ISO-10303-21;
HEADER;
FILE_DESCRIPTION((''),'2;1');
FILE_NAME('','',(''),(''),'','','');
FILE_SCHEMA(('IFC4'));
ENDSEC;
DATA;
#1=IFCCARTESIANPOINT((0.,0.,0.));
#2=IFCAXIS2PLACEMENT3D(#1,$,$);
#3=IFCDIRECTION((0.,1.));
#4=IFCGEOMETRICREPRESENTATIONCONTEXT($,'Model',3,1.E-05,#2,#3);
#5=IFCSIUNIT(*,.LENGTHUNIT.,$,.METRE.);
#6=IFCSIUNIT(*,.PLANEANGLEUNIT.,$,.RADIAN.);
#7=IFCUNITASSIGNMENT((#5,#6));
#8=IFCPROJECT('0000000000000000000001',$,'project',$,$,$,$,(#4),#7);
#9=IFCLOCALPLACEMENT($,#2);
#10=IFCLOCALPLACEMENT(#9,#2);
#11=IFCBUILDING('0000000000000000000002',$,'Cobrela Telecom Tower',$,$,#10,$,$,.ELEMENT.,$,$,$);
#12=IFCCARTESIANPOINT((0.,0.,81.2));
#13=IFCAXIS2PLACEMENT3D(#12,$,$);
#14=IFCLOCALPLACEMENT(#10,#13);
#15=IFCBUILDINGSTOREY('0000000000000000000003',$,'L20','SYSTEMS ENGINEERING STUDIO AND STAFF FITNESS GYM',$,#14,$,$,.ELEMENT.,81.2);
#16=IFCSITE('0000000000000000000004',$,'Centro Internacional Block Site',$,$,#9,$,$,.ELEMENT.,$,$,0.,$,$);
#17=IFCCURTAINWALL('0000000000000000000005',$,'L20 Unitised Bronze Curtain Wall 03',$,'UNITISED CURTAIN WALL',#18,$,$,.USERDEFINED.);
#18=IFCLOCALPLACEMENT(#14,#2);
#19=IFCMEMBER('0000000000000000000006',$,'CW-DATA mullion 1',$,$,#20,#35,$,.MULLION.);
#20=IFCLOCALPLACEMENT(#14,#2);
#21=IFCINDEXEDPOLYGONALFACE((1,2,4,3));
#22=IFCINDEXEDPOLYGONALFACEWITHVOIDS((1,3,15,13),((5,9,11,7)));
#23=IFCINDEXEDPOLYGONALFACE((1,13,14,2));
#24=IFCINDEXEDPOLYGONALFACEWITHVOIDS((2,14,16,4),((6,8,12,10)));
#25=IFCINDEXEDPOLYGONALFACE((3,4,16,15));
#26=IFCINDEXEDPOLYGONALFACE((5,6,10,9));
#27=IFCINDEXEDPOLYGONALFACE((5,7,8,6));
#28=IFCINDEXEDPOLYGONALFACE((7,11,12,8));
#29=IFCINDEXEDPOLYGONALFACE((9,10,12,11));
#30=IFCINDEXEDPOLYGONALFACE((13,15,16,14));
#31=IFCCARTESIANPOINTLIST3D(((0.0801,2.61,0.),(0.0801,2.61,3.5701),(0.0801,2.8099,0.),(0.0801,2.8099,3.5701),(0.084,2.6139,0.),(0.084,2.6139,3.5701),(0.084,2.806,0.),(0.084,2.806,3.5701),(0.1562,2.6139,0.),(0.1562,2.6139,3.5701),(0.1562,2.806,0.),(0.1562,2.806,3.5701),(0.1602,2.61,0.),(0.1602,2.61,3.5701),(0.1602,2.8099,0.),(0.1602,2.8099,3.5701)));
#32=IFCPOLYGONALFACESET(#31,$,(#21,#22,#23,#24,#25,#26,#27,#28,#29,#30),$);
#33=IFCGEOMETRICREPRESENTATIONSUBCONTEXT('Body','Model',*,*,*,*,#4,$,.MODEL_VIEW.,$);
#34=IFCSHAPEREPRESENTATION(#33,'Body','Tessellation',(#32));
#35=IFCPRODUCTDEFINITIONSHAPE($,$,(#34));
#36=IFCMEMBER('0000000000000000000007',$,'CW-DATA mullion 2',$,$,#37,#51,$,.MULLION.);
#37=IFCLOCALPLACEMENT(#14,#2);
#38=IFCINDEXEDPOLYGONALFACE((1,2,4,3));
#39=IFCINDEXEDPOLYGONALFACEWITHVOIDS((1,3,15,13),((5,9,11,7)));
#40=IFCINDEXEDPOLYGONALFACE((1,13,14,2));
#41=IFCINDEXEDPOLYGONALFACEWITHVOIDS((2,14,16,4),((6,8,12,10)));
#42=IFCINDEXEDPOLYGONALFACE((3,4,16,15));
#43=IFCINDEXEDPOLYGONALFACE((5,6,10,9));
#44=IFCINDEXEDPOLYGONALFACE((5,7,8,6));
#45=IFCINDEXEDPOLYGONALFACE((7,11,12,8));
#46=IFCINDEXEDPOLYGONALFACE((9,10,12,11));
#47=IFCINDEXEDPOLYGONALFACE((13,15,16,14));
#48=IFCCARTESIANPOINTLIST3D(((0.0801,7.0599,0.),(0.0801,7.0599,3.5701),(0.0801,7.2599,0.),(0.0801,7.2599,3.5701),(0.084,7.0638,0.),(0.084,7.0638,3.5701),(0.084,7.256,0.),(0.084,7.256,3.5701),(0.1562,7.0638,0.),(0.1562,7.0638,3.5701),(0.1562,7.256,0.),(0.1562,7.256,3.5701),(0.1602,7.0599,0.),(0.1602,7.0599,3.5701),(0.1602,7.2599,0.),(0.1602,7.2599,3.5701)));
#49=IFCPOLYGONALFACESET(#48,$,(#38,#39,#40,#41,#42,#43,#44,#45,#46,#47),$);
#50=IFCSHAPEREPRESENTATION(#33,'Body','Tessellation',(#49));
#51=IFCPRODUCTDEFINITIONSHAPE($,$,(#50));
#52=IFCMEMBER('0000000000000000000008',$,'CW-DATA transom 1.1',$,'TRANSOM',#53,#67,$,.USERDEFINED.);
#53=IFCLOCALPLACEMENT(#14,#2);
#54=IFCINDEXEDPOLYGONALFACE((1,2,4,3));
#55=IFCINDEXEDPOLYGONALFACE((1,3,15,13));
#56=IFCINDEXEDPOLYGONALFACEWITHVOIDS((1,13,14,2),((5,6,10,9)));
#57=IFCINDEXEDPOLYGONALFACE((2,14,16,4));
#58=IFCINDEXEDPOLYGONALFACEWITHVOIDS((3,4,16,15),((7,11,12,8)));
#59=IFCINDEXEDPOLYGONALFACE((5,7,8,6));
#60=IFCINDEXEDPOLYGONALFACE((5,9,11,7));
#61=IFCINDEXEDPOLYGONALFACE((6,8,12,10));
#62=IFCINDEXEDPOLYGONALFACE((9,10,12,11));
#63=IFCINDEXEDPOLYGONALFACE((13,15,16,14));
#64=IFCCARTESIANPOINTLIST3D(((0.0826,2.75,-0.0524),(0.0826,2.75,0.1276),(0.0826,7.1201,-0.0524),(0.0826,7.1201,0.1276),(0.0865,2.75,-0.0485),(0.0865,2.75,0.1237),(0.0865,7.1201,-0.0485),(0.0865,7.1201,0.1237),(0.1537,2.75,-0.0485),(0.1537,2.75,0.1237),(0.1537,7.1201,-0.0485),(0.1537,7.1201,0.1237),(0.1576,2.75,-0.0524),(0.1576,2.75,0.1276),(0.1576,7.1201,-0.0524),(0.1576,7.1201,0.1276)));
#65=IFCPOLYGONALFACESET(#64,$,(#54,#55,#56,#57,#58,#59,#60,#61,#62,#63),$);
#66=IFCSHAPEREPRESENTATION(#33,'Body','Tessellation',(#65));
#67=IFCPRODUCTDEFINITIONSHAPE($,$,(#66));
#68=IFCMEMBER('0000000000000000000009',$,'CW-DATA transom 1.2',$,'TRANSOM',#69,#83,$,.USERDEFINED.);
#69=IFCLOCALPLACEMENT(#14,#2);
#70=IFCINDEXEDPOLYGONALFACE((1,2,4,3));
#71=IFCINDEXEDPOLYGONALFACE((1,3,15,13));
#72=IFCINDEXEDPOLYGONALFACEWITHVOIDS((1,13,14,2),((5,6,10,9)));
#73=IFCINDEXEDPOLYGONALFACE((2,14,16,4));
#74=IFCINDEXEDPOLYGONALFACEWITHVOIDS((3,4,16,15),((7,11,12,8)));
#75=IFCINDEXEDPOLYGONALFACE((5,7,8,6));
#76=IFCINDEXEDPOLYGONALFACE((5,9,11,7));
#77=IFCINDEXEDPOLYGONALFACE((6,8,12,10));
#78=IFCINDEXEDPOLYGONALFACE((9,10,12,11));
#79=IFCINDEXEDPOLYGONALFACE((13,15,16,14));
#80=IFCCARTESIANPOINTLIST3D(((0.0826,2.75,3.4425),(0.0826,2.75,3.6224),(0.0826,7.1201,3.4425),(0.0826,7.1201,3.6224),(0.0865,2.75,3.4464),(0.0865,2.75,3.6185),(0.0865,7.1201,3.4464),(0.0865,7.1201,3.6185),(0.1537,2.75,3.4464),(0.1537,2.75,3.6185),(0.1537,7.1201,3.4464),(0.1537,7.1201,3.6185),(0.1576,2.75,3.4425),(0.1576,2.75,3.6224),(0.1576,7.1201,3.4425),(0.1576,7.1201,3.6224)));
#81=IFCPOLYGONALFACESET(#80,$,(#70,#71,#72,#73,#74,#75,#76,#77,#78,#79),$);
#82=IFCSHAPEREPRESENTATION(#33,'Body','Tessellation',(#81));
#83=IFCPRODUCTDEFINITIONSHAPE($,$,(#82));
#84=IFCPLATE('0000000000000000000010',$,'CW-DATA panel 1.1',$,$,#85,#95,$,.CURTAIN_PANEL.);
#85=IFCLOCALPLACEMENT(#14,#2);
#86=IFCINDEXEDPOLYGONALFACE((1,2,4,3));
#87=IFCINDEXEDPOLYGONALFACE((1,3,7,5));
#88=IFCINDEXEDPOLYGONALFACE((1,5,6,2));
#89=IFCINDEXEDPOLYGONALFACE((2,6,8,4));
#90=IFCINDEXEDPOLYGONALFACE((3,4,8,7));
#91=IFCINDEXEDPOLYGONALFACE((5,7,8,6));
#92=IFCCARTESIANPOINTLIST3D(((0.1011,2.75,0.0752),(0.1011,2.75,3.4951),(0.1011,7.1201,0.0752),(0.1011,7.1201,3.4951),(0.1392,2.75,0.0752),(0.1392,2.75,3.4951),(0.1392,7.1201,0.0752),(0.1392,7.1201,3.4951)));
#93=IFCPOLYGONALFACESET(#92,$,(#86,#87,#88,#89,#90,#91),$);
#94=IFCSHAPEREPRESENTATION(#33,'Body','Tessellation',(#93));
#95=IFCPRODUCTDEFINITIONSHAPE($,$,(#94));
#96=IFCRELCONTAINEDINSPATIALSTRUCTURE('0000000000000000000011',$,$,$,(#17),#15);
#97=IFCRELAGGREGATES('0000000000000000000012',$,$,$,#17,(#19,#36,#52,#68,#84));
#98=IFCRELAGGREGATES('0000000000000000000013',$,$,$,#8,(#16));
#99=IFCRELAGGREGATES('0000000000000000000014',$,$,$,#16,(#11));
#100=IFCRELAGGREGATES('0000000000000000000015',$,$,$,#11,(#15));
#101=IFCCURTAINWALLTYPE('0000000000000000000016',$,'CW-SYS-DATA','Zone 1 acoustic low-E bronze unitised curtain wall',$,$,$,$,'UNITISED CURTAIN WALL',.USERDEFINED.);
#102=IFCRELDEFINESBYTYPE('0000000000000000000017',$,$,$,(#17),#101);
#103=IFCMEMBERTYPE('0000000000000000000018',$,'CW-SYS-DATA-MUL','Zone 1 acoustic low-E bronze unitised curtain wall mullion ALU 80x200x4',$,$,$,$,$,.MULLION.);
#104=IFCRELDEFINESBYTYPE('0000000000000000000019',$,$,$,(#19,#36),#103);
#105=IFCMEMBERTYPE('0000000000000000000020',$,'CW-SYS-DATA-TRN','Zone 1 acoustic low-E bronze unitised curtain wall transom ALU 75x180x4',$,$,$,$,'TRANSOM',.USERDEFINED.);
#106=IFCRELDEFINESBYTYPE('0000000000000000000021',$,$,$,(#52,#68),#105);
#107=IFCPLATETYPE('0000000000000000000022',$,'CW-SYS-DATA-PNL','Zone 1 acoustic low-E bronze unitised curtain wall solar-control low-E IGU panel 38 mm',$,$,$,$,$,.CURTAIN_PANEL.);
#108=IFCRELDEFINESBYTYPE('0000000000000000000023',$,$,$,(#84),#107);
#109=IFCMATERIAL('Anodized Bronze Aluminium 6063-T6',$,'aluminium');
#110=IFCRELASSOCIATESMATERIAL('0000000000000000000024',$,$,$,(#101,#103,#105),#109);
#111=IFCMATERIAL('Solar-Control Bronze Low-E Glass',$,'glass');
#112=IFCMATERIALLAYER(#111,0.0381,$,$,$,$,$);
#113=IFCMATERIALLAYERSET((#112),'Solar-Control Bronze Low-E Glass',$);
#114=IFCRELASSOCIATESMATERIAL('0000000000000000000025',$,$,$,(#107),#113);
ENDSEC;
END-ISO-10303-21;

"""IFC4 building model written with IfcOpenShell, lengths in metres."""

from ifc_helpers import new_model, si_unit, direction, frame, origin, origin_2d, place, context, subcontext, project, spatial, rectangle, hollow_rectangle, extrude, material, layer, layer_set, material_profile, profile_set, type_object, element, aggregate, save


model = new_model("IFC4")

# Units and contexts
model_context = context("Model", 3, precision=1e-05, world=origin(), true_north=direction((0.0, 1.0)))
body_context = subcontext(model_context, "Body", "Model", "MODEL_VIEW")
ifc_project = project(units=[si_unit("LENGTHUNIT", "METRE"), si_unit("PLANEANGLEUNIT", "RADIAN")], contexts=[model_context])

# Site, building, storey
site_placement = place(None, origin())
site = spatial("IfcSite", under=ifc_project, at=site_placement, Name="Centro Internacional Block Site", CompositionType="ELEMENT", RefElevation=0.0)
building_placement = place(site_placement, origin())
building = spatial("IfcBuilding", under=site, at=building_placement, Name="Cobrela Telecom Tower", CompositionType="ELEMENT")
storey_placement = place(building_placement, frame((0.0, 0.0, 81.2)))
storey = spatial("IfcBuildingStorey", under=building, at=storey_placement, Name="L20", Description="SYSTEMS ENGINEERING STUDIO AND STAFF FITNESS GYM", CompositionType="ELEMENT", Elevation=81.2)

# Curtain wall, members, plate
ifc_material_1 = material(Name="Anodized Bronze Aluminium 6063-T6", Category="aluminium")
curtain_wall_type = type_object("IfcCurtainWallType", Name="CW-SYS-DATA", Description="Zone 1 acoustic low-E bronze unitised curtain wall", ElementType="UNITISED CURTAIN WALL", PredefinedType="USERDEFINED", material=ifc_material_1)
curtain_wall_placement = place(storey_placement, origin())
curtain_wall = element("IfcCurtainWall", 1, at=curtain_wall_placement, inside=storey, type_object=curtain_wall_type, Name="L20 Unitised Bronze Curtain Wall 03", ObjectType="UNITISED CURTAIN WALL", PredefinedType="USERDEFINED")
ifc_material_profile_1 = material_profile(ifc_material_1, hollow_rectangle(XDim=0.0801, YDim=0.2, WallThickness=0.0039, at=origin_2d()), Name="ALU 80x200x4")
ifc_profile_set_1 = profile_set([ifc_material_profile_1], Name="Anodized Bronze Aluminium 6063-T6")
member_type_1 = type_object("IfcMemberType", Name="CW-SYS-DATA-MUL", Description="Zone 1 acoustic low-E bronze unitised curtain wall mullion ALU 80x200x4", PredefinedType="MULLION", material=ifc_profile_set_1)
member_1_placement = place(storey_placement, frame((0.1201, 2.71, 0.0), z_axis=(0.0, 0.0, 1.0), x_axis=(-1.0, 0.0, 0.0)))
member_1 = element("IfcMember", 2, at=member_1_placement, type_object=member_type_1, Name="CW-DATA mullion 1", PredefinedType="MULLION", context=body_context, shape_type="SweptSolid", body=[
    extrude(hollow_rectangle(XDim=0.0801, YDim=0.2, WallThickness=0.0039, at=origin_2d()), origin(), (0.0, 0.0, 1.0), 3.5701),
])
member_2_placement = place(storey_placement, frame((0.1201, 7.1599, 0.0), z_axis=(0.0, 0.0, 1.0), x_axis=(-1.0, 0.0, 0.0)))
member_2 = element("IfcMember", 3, at=member_2_placement, type_object=member_type_1, Name="CW-DATA mullion 2", PredefinedType="MULLION", context=body_context, shape_type="SweptSolid", body=[
    extrude(hollow_rectangle(XDim=0.0801, YDim=0.2, WallThickness=0.0039, at=origin_2d()), origin(), (0.0, 0.0, 1.0), 3.5701),
])
ifc_material_profile_2 = material_profile(ifc_material_1, hollow_rectangle(XDim=0.075, YDim=0.1799, WallThickness=0.0039, at=origin_2d()), Name="ALU 75x180x4")
ifc_profile_set_2 = profile_set([ifc_material_profile_2], Name="Anodized Bronze Aluminium 6063-T6")
member_type_2 = type_object("IfcMemberType", Name="CW-SYS-DATA-TRN", Description="Zone 1 acoustic low-E bronze unitised curtain wall transom ALU 75x180x4", ElementType="TRANSOM", PredefinedType="USERDEFINED", material=ifc_profile_set_2)
member_3_placement = place(storey_placement, frame((0.1201, 2.75, 0.0376), z_axis=(0.0, 1.0, 0.0), x_axis=(-1.0, 0.0, 0.0)))
member_3 = element("IfcMember", 4, at=member_3_placement, type_object=member_type_2, Name="CW-DATA transom 1.1", ObjectType="TRANSOM", PredefinedType="USERDEFINED", context=body_context, shape_type="SweptSolid", body=[
    extrude(hollow_rectangle(XDim=0.075, YDim=0.1799, WallThickness=0.0039, at=origin_2d()), origin(), (0.0, 0.0, 1.0), 4.3701),
])
member_4_placement = place(storey_placement, frame((0.1201, 2.75, 3.5325), z_axis=(0.0, 1.0, 0.0), x_axis=(-1.0, 0.0, 0.0)))
member_4 = element("IfcMember", 5, at=member_4_placement, type_object=member_type_2, Name="CW-DATA transom 1.2", ObjectType="TRANSOM", PredefinedType="USERDEFINED", context=body_context, shape_type="SweptSolid", body=[
    extrude(hollow_rectangle(XDim=0.075, YDim=0.1799, WallThickness=0.0039, at=origin_2d()), origin(), (0.0, 0.0, 1.0), 4.3701),
])
ifc_material_2 = material(Name="Solar-Control Bronze Low-E Glass", Category="glass")
ifc_layer_1 = layer(ifc_material_2, 0.0381)
ifc_layer_set_1 = layer_set([ifc_layer_1], Name="Solar-Control Bronze Low-E Glass")
plate_type = type_object("IfcPlateType", Name="CW-SYS-DATA-PNL", Description="Zone 1 acoustic low-E bronze unitised curtain wall solar-control low-E IGU panel 38 mm", PredefinedType="CURTAIN_PANEL", material=ifc_layer_set_1)
plate_placement = place(storey_placement, frame((0.1201, 4.9351, 0.0752), z_axis=(0.0, 0.0, 1.0), x_axis=(0.0, 1.0, 0.0)))
plate = element("IfcPlate", 6, at=plate_placement, type_object=plate_type, Name="CW-DATA panel 1.1", PredefinedType="CURTAIN_PANEL", context=body_context, shape_type="SweptSolid", body=[
    extrude(rectangle(XDim=4.3701, YDim=0.0381, at=origin_2d()), origin(), (0.0, 0.0, 1.0), 3.4199),
])
aggregate(curtain_wall, [member_1, member_2, member_3, member_4, plate])

save(model, "model.ifc")
